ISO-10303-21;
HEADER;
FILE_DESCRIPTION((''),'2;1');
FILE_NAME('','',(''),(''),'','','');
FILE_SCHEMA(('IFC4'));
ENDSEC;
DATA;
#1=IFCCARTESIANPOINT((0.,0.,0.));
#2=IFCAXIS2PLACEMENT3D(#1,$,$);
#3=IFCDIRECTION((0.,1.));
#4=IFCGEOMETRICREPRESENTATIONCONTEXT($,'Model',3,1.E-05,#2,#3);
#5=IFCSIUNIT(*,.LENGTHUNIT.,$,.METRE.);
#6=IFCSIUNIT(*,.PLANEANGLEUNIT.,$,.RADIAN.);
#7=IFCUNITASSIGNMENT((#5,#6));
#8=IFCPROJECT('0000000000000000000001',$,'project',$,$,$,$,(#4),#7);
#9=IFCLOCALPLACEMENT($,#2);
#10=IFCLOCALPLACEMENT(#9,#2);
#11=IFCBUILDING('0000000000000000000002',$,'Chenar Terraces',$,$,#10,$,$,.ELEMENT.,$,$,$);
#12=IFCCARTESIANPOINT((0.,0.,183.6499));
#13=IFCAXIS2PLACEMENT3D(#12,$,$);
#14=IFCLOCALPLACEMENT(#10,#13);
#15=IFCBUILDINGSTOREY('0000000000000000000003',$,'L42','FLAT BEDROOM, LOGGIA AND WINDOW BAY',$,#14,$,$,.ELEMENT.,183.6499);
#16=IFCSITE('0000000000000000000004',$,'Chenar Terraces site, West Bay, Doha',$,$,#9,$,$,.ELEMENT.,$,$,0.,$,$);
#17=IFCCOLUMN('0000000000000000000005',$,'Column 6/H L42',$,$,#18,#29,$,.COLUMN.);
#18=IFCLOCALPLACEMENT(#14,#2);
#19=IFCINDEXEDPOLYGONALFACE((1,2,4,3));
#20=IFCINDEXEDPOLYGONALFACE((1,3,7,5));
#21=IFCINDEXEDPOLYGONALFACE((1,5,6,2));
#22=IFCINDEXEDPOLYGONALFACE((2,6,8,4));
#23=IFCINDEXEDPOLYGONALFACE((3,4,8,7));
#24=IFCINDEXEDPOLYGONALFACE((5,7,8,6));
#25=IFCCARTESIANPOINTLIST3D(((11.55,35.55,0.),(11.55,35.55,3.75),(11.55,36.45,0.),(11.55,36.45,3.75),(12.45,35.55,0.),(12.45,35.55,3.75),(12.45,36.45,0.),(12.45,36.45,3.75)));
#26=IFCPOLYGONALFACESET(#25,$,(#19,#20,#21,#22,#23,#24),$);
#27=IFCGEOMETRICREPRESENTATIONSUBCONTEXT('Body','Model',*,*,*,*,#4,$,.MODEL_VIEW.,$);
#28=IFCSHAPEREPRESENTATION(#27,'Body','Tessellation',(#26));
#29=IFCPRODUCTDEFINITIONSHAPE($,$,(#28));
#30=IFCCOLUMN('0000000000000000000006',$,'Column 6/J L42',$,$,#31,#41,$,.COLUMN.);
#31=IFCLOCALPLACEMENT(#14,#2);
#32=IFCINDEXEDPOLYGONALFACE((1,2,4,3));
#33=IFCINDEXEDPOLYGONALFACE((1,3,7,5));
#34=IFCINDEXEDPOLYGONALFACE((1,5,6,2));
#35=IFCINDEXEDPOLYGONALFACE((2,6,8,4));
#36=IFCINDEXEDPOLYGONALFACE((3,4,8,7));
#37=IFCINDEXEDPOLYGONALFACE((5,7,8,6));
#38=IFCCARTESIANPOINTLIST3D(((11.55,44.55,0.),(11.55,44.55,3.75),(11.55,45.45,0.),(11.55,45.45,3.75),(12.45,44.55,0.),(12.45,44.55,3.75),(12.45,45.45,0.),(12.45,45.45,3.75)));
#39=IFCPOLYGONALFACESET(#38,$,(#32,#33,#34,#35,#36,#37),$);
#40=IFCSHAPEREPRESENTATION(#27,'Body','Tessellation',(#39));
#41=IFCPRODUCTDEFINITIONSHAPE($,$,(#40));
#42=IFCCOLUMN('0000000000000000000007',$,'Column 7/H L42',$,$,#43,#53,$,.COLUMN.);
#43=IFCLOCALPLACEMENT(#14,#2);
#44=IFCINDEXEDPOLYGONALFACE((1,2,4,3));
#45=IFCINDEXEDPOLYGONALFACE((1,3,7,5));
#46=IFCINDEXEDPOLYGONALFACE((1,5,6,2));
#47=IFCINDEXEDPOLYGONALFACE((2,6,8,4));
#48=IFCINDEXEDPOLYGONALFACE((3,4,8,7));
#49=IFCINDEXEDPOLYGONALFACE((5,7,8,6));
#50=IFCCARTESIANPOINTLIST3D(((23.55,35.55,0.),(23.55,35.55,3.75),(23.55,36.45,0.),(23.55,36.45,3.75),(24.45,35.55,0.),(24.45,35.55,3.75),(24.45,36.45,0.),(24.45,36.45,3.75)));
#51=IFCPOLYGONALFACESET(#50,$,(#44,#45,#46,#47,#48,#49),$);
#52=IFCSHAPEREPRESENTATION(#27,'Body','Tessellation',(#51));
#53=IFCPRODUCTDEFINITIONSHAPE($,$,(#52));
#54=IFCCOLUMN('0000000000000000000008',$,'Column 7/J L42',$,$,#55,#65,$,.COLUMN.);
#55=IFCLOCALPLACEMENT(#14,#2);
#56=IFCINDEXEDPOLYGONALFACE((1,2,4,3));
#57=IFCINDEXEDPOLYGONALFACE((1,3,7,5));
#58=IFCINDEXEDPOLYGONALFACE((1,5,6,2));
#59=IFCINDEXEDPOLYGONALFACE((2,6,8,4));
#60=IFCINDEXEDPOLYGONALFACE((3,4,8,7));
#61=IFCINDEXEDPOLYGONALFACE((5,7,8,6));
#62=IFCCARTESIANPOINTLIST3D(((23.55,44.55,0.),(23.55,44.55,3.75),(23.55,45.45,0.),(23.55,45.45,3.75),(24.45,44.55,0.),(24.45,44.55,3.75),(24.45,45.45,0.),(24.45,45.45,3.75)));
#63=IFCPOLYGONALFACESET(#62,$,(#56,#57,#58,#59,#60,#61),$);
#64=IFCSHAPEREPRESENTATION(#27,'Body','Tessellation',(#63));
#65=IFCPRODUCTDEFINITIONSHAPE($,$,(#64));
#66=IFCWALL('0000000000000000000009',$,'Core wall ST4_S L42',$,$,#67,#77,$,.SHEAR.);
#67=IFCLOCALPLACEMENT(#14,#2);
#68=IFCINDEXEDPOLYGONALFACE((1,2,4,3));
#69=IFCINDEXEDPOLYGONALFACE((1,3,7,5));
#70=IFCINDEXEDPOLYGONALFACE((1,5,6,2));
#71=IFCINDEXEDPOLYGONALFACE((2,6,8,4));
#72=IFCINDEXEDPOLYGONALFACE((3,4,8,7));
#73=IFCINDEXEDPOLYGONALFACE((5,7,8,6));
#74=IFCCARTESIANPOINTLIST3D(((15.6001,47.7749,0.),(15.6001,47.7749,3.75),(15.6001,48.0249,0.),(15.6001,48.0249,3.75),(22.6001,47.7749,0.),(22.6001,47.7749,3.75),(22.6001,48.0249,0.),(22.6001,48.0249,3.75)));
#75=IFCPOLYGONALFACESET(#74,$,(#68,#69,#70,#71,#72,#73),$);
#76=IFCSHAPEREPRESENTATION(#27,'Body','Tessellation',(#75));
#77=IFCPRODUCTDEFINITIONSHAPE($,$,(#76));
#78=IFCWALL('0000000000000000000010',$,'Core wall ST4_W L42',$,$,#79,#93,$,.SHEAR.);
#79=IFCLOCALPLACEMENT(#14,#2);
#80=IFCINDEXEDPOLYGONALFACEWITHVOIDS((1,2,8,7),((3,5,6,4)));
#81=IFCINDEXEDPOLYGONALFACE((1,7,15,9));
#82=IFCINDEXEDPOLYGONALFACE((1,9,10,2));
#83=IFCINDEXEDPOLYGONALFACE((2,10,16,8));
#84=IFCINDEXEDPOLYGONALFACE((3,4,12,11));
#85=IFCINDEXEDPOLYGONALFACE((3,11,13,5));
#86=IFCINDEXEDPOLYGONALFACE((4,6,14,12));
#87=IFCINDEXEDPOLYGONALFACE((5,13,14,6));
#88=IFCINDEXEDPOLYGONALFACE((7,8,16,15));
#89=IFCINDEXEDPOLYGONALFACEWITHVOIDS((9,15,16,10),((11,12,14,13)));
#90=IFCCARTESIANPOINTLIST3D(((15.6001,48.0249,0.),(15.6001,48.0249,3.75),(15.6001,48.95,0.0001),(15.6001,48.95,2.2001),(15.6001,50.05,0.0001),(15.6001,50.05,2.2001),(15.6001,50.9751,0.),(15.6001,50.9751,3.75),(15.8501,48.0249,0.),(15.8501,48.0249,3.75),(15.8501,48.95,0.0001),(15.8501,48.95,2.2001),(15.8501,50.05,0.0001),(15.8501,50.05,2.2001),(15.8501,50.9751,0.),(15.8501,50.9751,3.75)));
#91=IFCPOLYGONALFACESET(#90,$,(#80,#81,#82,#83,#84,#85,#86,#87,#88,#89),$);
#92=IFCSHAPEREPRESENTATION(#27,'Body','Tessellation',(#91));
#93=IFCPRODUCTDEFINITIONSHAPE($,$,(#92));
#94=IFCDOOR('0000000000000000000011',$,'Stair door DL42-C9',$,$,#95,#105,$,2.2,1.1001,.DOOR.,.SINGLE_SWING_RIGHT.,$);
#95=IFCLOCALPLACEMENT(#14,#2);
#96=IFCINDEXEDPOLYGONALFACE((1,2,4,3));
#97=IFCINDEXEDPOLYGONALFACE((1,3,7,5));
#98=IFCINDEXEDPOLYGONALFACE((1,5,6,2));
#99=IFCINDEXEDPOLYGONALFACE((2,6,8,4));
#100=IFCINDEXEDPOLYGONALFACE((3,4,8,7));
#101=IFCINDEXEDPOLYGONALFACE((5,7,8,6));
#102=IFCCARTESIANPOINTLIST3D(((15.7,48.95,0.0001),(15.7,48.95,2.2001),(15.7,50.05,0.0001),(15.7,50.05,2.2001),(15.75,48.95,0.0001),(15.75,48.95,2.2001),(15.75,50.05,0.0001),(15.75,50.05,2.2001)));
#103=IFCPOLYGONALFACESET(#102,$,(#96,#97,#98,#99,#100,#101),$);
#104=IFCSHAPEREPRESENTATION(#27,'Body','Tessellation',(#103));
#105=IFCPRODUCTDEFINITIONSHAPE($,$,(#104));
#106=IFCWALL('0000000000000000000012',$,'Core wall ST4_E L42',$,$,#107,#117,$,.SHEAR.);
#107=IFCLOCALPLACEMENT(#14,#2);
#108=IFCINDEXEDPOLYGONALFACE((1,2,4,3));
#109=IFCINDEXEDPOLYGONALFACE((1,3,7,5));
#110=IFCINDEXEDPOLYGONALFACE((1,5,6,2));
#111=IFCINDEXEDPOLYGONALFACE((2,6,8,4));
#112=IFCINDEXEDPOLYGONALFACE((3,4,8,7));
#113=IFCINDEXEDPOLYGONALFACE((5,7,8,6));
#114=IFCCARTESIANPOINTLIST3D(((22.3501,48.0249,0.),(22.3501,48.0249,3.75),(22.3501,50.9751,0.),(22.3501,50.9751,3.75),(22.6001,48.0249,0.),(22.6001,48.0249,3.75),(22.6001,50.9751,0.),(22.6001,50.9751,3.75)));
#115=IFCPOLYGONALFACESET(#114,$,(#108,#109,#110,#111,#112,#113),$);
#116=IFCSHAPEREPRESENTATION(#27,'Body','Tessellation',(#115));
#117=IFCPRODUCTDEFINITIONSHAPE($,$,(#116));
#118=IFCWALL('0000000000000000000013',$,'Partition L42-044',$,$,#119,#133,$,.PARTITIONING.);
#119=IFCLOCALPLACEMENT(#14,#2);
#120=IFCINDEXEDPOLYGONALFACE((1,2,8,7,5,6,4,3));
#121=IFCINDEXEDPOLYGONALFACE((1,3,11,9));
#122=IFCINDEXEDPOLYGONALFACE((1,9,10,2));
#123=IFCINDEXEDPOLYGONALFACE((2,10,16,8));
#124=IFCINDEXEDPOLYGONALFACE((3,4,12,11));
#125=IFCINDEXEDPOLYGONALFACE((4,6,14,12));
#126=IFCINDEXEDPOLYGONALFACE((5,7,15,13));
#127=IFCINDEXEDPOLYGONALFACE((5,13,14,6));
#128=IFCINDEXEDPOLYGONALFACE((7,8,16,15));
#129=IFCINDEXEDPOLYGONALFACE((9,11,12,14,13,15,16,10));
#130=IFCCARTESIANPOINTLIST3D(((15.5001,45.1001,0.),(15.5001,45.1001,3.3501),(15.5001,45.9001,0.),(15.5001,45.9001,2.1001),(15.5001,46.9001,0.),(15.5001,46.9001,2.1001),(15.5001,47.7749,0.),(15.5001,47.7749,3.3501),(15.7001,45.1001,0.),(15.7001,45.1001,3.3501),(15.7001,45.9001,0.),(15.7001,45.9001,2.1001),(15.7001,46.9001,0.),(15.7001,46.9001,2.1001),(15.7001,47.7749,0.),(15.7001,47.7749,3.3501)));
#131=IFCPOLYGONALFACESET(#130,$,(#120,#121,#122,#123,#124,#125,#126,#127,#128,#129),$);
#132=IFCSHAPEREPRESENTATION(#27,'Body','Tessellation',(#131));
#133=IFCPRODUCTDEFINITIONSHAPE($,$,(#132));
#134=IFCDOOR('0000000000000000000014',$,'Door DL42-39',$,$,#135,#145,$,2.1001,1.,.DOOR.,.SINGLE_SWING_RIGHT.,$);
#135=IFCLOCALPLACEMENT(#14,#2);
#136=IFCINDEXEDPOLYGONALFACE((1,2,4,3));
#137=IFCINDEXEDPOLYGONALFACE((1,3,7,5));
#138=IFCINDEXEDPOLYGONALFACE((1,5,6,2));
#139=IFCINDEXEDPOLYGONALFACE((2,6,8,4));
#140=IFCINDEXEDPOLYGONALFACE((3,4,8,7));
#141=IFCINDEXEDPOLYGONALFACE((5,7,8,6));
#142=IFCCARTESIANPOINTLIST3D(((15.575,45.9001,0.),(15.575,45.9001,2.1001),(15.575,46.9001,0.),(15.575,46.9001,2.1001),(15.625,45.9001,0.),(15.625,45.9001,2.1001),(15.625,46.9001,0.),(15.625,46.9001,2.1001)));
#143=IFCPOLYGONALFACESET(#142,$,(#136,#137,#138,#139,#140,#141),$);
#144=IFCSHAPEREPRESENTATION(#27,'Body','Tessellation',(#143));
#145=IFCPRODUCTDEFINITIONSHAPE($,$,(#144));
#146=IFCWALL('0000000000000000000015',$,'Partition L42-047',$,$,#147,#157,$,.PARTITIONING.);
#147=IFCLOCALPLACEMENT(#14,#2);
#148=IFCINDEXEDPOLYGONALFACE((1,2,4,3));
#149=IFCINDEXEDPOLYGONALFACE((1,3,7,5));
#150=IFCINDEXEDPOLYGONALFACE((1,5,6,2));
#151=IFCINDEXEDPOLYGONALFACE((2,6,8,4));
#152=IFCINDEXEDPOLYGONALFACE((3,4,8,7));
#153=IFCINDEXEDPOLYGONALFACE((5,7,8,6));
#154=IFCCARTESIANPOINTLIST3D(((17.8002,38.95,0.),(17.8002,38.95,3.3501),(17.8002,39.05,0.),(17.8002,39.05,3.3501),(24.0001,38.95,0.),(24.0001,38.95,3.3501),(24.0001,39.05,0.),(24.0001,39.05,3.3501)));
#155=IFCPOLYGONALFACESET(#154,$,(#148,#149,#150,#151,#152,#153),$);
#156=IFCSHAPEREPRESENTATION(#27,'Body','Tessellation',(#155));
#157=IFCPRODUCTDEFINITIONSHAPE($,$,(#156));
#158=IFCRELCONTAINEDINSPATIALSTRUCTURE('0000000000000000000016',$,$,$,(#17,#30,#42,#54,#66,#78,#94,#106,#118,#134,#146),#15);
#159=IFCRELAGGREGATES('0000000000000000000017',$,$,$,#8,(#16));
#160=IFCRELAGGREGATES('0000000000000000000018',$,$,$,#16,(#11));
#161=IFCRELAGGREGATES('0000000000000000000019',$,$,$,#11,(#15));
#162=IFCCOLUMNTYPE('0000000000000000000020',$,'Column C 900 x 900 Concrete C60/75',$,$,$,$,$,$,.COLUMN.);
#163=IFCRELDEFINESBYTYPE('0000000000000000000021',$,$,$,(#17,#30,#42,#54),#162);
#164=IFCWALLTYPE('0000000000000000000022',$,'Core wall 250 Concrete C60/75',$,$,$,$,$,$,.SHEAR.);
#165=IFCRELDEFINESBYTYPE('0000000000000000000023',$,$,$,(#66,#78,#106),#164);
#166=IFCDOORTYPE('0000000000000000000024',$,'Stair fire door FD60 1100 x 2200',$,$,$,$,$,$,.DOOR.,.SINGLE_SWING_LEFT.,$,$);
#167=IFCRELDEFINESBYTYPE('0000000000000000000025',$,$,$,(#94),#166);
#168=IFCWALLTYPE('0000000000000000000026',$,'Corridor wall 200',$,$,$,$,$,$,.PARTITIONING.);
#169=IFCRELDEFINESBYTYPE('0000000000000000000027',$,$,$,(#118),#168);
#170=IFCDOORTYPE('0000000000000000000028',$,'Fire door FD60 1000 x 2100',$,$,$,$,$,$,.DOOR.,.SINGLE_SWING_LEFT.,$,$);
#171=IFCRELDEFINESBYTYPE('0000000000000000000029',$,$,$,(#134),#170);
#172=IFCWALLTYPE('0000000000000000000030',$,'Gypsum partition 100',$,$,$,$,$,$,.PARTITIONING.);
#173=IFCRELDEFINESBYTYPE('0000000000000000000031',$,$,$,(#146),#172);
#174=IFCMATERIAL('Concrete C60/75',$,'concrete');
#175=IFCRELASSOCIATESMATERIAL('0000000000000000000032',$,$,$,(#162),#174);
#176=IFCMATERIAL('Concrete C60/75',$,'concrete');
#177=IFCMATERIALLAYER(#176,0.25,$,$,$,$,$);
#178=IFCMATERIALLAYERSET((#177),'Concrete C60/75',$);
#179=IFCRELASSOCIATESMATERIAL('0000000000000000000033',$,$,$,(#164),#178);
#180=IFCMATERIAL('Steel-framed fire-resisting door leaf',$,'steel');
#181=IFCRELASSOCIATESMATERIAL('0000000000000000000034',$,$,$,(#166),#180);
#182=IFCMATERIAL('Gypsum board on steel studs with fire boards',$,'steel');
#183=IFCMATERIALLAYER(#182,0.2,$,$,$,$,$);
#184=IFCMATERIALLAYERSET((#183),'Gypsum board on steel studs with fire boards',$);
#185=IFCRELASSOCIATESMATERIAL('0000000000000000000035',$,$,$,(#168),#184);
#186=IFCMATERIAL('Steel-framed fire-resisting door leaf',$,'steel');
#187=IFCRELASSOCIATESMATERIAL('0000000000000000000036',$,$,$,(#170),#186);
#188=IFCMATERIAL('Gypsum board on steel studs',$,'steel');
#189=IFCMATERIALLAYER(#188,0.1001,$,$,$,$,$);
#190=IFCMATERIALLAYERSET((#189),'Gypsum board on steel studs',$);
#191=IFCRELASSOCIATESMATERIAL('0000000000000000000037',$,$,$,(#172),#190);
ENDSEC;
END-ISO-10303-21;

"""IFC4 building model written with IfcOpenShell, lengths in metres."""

from ifc_helpers import new_model, si_unit, direction, frame, frame_2d, origin, origin_2d, place, context, subcontext, project, spatial, rectangle, extrude, material, layer, layer_set, material_profile, profile_set, type_object, element, fill, save


model = new_model("IFC4")

# Units and contexts
model_context = context("Model", 3, precision=1e-05, world=origin(), true_north=direction((0.0, 1.0)))
body_context = subcontext(model_context, "Body", "Model", "MODEL_VIEW")
ifc_project = project(units=[si_unit("LENGTHUNIT", "METRE"), si_unit("PLANEANGLEUNIT", "RADIAN")], contexts=[model_context])

# Site, building, storey
site_placement = place(None, origin())
site = spatial("IfcSite", under=ifc_project, at=site_placement, Name="Chenar Terraces site, West Bay, Doha", CompositionType="ELEMENT", RefElevation=0.0)
building_placement = place(site_placement, origin())
building = spatial("IfcBuilding", under=site, at=building_placement, Name="Chenar Terraces", CompositionType="ELEMENT")
storey_placement = place(building_placement, frame((0.0, 0.0, 183.6499)))
storey = spatial("IfcBuildingStorey", under=building, at=storey_placement, Name="L42", Description="FLAT BEDROOM, LOGGIA AND WINDOW BAY", CompositionType="ELEMENT", Elevation=183.6499)

# Columns
ifc_material_1 = material(Name="Concrete C60/75", Category="concrete")
ifc_material_profile = material_profile(ifc_material_1, rectangle(XDim=0.8999, YDim=0.8999, at=origin_2d()), Name="C 900 x 900")
ifc_profile_set = profile_set([ifc_material_profile], Name="Concrete C60/75")
column_type = type_object("IfcColumnType", Name="Column C 900 x 900 Concrete C60/75", PredefinedType="COLUMN", material=ifc_profile_set)
for number, where, z_axis, x_axis, name in (
    (1, (12.0, 36.0, 0.0), (0.0, 0.0, 1.0), (1.0, 0.0, 0.0), "Column 6/H L42"),
    (2, (12.0, 45.0, 0.0), (0.0, 0.0, 1.0), (1.0, 0.0, 0.0), "Column 6/J L42"),
    (3, (24.0, 36.0, 0.0), (0.0, 0.0, 1.0), (1.0, 0.0, 0.0), "Column 7/H L42"),
    (4, (24.0, 45.0, 0.0), (0.0, 0.0, 1.0), (1.0, 0.0, 0.0), "Column 7/J L42"),
):
    element("IfcColumn", number, at=place(storey_placement, frame(where, z_axis=z_axis, x_axis=x_axis)), inside=storey, type_object=column_type, Name=name, PredefinedType="COLUMN", context=body_context, shape_type="SweptSolid", body=[
        extrude(rectangle(XDim=0.8999, YDim=0.8999, at=origin_2d()), origin(), (0.0, 0.0, 1.0), 3.75),
    ])

# Wall
ifc_material_2 = material(Name="Concrete C60/75", Category="concrete")
ifc_layer_1 = layer(ifc_material_2, 0.25)
ifc_layer_set_1 = layer_set([ifc_layer_1], Name="Concrete C60/75")
wall_type_1 = type_object("IfcWallType", Name="Core wall 250 Concrete C60/75", PredefinedType="SHEAR", material=ifc_layer_set_1)
wall_1_placement = place(storey_placement, frame((15.6001, 47.8999, 0.0), z_axis=(0.0, 0.0, 1.0), x_axis=(1.0, 0.0, 0.0)))
element("IfcWall", 5, at=wall_1_placement, inside=storey, type_object=wall_type_1, Name="Core wall ST4_S L42", PredefinedType="SHEAR", context=body_context, shape_type="SweptSolid", body=[
    extrude(rectangle(XDim=7.0, YDim=0.25, at=frame_2d((3.5, 0.0))), origin(), (0.0, 0.0, 1.0), 3.75),
])

# Wall, opening, door
wall_2_placement = place(storey_placement, frame((15.7251, 48.0249, 0.0), z_axis=(0.0, 0.0, 1.0), x_axis=(0.0, 1.0, 0.0)))
wall_2 = element("IfcWall", 6, at=wall_2_placement, inside=storey, type_object=wall_type_1, Name="Core wall ST4_W L42", PredefinedType="SHEAR", context=body_context, shape_type="SweptSolid", body=[
    extrude(rectangle(XDim=2.9502, YDim=0.25, at=frame_2d((1.4751, 0.0))), origin(), (0.0, 0.0, 1.0), 3.75),
])
opening_1_placement = place(wall_2_placement, frame((0.925, 0.0, 0.0)))
opening_1 = element("IfcOpeningElement", 7, at=opening_1_placement, cuts=wall_2, PredefinedType="OPENING", context=body_context, shape_type="SweptSolid", body=[
    extrude(rectangle(XDim=1.1001, YDim=2.2, at=frame_2d((0.55, 1.1001))), frame((0.0, 0.135, 0.0), z_axis=(0.0, -1.0, 0.0), x_axis=(1.0, 0.0, 0.0)), (0.0, 0.0, 1.0), 0.27),
])
ifc_material_3 = material(Name="Steel-framed fire-resisting door leaf", Category="steel")
door_type_1 = type_object("IfcDoorType", Name="Stair fire door FD60 1100 x 2200", OperationType="SINGLE_SWING_LEFT", PredefinedType="DOOR", material=ifc_material_3)
door_1_placement = place(opening_1_placement, frame((1.1001, 0.0, 0.0), z_axis=(0.0, 0.0, 1.0), x_axis=(-1.0, 0.0, 0.0)))
door_1 = element("IfcDoor", 8, at=door_1_placement, inside=storey, type_object=door_type_1, Name="Stair door DL42-C9", OperationType="SINGLE_SWING_RIGHT", OverallHeight=2.2, OverallWidth=1.1001, PredefinedType="DOOR", context=body_context, shape_type="SweptSolid", body=[
    extrude(rectangle(XDim=1.1001, YDim=2.2, at=frame_2d((0.55, 1.1001))), frame((0.0, 0.0249, 0.0), z_axis=(0.0, -1.0, 0.0), x_axis=(1.0, 0.0, 0.0)), (0.0, 0.0, 1.0), 0.05),
])
fill(opening_1, door_1)

# Wall
wall_3_placement = place(storey_placement, frame((22.4751, 48.0249, 0.0), z_axis=(0.0, 0.0, 1.0), x_axis=(0.0, 1.0, 0.0)))
element("IfcWall", 9, at=wall_3_placement, inside=storey, type_object=wall_type_1, Name="Core wall ST4_E L42", PredefinedType="SHEAR", context=body_context, shape_type="SweptSolid", body=[
    extrude(rectangle(XDim=2.9502, YDim=0.25, at=frame_2d((1.4751, 0.0))), origin(), (0.0, 0.0, 1.0), 3.75),
])

# Wall, opening, door
ifc_material_4 = material(Name="Gypsum board on steel studs with fire boards", Category="steel")
ifc_layer_2 = layer(ifc_material_4, 0.2)
ifc_layer_set_2 = layer_set([ifc_layer_2], Name="Gypsum board on steel studs with fire boards")
wall_type_2 = type_object("IfcWallType", Name="Corridor wall 200", PredefinedType="PARTITIONING", material=ifc_layer_set_2)
wall_4_placement = place(storey_placement, frame((15.6001, 45.1001, 0.0), z_axis=(0.0, 0.0, 1.0), x_axis=(0.0, 1.0, 0.0)))
wall_4 = element("IfcWall", 10, at=wall_4_placement, inside=storey, type_object=wall_type_2, Name="Partition L42-044", PredefinedType="PARTITIONING", context=body_context, shape_type="SweptSolid", body=[
    extrude(rectangle(XDim=2.6748, YDim=0.2, at=frame_2d((1.3374, 0.0))), origin(), (0.0, 0.0, 1.0), 3.3501),
])
opening_2_placement = place(wall_4_placement, frame((0.8, 0.0, 0.0)))
opening_2 = element("IfcOpeningElement", 11, at=opening_2_placement, cuts=wall_4, PredefinedType="OPENING", context=body_context, shape_type="SweptSolid", body=[
    extrude(rectangle(XDim=1.0, YDim=2.1001, at=frame_2d((0.5, 1.05))), frame((0.0, 0.1099, 0.0), z_axis=(0.0, -1.0, 0.0), x_axis=(1.0, 0.0, 0.0)), (0.0, 0.0, 1.0), 0.22),
])
ifc_material_5 = material(Name="Steel-framed fire-resisting door leaf", Category="steel")
door_type_2 = type_object("IfcDoorType", Name="Fire door FD60 1000 x 2100", OperationType="SINGLE_SWING_LEFT", PredefinedType="DOOR", material=ifc_material_5)
door_2_placement = place(opening_2_placement, frame((1.0, 0.0, 0.0), z_axis=(0.0, 0.0, 1.0), x_axis=(-1.0, 0.0, 0.0)))
door_2 = element("IfcDoor", 12, at=door_2_placement, inside=storey, type_object=door_type_2, Name="Door DL42-39", OperationType="SINGLE_SWING_RIGHT", OverallHeight=2.1001, OverallWidth=1.0, PredefinedType="DOOR", context=body_context, shape_type="SweptSolid", body=[
    extrude(rectangle(XDim=1.0, YDim=2.1001, at=frame_2d((0.5, 1.05))), frame((0.0, 0.0249, 0.0), z_axis=(0.0, -1.0, 0.0), x_axis=(1.0, 0.0, 0.0)), (0.0, 0.0, 1.0), 0.05),
])
fill(opening_2, door_2)

# Wall
ifc_material_6 = material(Name="Gypsum board on steel studs", Category="steel")
ifc_layer_3 = layer(ifc_material_6, 0.1001)
ifc_layer_set_3 = layer_set([ifc_layer_3], Name="Gypsum board on steel studs")
wall_type_3 = type_object("IfcWallType", Name="Gypsum partition 100", PredefinedType="PARTITIONING", material=ifc_layer_set_3)
wall_5_placement = place(storey_placement, frame((17.8, 39.0, 0.0), z_axis=(0.0, 0.0, 1.0), x_axis=(1.0, 0.0, 0.0)))
element("IfcWall", 13, at=wall_5_placement, inside=storey, type_object=wall_type_3, Name="Partition L42-047", PredefinedType="PARTITIONING", context=body_context, shape_type="SweptSolid", body=[
    extrude(rectangle(XDim=6.2, YDim=0.1001, at=frame_2d((3.1001, 0.0))), origin(), (0.0, 0.0, 1.0), 3.3501),
])

save(model, "model.ifc")
